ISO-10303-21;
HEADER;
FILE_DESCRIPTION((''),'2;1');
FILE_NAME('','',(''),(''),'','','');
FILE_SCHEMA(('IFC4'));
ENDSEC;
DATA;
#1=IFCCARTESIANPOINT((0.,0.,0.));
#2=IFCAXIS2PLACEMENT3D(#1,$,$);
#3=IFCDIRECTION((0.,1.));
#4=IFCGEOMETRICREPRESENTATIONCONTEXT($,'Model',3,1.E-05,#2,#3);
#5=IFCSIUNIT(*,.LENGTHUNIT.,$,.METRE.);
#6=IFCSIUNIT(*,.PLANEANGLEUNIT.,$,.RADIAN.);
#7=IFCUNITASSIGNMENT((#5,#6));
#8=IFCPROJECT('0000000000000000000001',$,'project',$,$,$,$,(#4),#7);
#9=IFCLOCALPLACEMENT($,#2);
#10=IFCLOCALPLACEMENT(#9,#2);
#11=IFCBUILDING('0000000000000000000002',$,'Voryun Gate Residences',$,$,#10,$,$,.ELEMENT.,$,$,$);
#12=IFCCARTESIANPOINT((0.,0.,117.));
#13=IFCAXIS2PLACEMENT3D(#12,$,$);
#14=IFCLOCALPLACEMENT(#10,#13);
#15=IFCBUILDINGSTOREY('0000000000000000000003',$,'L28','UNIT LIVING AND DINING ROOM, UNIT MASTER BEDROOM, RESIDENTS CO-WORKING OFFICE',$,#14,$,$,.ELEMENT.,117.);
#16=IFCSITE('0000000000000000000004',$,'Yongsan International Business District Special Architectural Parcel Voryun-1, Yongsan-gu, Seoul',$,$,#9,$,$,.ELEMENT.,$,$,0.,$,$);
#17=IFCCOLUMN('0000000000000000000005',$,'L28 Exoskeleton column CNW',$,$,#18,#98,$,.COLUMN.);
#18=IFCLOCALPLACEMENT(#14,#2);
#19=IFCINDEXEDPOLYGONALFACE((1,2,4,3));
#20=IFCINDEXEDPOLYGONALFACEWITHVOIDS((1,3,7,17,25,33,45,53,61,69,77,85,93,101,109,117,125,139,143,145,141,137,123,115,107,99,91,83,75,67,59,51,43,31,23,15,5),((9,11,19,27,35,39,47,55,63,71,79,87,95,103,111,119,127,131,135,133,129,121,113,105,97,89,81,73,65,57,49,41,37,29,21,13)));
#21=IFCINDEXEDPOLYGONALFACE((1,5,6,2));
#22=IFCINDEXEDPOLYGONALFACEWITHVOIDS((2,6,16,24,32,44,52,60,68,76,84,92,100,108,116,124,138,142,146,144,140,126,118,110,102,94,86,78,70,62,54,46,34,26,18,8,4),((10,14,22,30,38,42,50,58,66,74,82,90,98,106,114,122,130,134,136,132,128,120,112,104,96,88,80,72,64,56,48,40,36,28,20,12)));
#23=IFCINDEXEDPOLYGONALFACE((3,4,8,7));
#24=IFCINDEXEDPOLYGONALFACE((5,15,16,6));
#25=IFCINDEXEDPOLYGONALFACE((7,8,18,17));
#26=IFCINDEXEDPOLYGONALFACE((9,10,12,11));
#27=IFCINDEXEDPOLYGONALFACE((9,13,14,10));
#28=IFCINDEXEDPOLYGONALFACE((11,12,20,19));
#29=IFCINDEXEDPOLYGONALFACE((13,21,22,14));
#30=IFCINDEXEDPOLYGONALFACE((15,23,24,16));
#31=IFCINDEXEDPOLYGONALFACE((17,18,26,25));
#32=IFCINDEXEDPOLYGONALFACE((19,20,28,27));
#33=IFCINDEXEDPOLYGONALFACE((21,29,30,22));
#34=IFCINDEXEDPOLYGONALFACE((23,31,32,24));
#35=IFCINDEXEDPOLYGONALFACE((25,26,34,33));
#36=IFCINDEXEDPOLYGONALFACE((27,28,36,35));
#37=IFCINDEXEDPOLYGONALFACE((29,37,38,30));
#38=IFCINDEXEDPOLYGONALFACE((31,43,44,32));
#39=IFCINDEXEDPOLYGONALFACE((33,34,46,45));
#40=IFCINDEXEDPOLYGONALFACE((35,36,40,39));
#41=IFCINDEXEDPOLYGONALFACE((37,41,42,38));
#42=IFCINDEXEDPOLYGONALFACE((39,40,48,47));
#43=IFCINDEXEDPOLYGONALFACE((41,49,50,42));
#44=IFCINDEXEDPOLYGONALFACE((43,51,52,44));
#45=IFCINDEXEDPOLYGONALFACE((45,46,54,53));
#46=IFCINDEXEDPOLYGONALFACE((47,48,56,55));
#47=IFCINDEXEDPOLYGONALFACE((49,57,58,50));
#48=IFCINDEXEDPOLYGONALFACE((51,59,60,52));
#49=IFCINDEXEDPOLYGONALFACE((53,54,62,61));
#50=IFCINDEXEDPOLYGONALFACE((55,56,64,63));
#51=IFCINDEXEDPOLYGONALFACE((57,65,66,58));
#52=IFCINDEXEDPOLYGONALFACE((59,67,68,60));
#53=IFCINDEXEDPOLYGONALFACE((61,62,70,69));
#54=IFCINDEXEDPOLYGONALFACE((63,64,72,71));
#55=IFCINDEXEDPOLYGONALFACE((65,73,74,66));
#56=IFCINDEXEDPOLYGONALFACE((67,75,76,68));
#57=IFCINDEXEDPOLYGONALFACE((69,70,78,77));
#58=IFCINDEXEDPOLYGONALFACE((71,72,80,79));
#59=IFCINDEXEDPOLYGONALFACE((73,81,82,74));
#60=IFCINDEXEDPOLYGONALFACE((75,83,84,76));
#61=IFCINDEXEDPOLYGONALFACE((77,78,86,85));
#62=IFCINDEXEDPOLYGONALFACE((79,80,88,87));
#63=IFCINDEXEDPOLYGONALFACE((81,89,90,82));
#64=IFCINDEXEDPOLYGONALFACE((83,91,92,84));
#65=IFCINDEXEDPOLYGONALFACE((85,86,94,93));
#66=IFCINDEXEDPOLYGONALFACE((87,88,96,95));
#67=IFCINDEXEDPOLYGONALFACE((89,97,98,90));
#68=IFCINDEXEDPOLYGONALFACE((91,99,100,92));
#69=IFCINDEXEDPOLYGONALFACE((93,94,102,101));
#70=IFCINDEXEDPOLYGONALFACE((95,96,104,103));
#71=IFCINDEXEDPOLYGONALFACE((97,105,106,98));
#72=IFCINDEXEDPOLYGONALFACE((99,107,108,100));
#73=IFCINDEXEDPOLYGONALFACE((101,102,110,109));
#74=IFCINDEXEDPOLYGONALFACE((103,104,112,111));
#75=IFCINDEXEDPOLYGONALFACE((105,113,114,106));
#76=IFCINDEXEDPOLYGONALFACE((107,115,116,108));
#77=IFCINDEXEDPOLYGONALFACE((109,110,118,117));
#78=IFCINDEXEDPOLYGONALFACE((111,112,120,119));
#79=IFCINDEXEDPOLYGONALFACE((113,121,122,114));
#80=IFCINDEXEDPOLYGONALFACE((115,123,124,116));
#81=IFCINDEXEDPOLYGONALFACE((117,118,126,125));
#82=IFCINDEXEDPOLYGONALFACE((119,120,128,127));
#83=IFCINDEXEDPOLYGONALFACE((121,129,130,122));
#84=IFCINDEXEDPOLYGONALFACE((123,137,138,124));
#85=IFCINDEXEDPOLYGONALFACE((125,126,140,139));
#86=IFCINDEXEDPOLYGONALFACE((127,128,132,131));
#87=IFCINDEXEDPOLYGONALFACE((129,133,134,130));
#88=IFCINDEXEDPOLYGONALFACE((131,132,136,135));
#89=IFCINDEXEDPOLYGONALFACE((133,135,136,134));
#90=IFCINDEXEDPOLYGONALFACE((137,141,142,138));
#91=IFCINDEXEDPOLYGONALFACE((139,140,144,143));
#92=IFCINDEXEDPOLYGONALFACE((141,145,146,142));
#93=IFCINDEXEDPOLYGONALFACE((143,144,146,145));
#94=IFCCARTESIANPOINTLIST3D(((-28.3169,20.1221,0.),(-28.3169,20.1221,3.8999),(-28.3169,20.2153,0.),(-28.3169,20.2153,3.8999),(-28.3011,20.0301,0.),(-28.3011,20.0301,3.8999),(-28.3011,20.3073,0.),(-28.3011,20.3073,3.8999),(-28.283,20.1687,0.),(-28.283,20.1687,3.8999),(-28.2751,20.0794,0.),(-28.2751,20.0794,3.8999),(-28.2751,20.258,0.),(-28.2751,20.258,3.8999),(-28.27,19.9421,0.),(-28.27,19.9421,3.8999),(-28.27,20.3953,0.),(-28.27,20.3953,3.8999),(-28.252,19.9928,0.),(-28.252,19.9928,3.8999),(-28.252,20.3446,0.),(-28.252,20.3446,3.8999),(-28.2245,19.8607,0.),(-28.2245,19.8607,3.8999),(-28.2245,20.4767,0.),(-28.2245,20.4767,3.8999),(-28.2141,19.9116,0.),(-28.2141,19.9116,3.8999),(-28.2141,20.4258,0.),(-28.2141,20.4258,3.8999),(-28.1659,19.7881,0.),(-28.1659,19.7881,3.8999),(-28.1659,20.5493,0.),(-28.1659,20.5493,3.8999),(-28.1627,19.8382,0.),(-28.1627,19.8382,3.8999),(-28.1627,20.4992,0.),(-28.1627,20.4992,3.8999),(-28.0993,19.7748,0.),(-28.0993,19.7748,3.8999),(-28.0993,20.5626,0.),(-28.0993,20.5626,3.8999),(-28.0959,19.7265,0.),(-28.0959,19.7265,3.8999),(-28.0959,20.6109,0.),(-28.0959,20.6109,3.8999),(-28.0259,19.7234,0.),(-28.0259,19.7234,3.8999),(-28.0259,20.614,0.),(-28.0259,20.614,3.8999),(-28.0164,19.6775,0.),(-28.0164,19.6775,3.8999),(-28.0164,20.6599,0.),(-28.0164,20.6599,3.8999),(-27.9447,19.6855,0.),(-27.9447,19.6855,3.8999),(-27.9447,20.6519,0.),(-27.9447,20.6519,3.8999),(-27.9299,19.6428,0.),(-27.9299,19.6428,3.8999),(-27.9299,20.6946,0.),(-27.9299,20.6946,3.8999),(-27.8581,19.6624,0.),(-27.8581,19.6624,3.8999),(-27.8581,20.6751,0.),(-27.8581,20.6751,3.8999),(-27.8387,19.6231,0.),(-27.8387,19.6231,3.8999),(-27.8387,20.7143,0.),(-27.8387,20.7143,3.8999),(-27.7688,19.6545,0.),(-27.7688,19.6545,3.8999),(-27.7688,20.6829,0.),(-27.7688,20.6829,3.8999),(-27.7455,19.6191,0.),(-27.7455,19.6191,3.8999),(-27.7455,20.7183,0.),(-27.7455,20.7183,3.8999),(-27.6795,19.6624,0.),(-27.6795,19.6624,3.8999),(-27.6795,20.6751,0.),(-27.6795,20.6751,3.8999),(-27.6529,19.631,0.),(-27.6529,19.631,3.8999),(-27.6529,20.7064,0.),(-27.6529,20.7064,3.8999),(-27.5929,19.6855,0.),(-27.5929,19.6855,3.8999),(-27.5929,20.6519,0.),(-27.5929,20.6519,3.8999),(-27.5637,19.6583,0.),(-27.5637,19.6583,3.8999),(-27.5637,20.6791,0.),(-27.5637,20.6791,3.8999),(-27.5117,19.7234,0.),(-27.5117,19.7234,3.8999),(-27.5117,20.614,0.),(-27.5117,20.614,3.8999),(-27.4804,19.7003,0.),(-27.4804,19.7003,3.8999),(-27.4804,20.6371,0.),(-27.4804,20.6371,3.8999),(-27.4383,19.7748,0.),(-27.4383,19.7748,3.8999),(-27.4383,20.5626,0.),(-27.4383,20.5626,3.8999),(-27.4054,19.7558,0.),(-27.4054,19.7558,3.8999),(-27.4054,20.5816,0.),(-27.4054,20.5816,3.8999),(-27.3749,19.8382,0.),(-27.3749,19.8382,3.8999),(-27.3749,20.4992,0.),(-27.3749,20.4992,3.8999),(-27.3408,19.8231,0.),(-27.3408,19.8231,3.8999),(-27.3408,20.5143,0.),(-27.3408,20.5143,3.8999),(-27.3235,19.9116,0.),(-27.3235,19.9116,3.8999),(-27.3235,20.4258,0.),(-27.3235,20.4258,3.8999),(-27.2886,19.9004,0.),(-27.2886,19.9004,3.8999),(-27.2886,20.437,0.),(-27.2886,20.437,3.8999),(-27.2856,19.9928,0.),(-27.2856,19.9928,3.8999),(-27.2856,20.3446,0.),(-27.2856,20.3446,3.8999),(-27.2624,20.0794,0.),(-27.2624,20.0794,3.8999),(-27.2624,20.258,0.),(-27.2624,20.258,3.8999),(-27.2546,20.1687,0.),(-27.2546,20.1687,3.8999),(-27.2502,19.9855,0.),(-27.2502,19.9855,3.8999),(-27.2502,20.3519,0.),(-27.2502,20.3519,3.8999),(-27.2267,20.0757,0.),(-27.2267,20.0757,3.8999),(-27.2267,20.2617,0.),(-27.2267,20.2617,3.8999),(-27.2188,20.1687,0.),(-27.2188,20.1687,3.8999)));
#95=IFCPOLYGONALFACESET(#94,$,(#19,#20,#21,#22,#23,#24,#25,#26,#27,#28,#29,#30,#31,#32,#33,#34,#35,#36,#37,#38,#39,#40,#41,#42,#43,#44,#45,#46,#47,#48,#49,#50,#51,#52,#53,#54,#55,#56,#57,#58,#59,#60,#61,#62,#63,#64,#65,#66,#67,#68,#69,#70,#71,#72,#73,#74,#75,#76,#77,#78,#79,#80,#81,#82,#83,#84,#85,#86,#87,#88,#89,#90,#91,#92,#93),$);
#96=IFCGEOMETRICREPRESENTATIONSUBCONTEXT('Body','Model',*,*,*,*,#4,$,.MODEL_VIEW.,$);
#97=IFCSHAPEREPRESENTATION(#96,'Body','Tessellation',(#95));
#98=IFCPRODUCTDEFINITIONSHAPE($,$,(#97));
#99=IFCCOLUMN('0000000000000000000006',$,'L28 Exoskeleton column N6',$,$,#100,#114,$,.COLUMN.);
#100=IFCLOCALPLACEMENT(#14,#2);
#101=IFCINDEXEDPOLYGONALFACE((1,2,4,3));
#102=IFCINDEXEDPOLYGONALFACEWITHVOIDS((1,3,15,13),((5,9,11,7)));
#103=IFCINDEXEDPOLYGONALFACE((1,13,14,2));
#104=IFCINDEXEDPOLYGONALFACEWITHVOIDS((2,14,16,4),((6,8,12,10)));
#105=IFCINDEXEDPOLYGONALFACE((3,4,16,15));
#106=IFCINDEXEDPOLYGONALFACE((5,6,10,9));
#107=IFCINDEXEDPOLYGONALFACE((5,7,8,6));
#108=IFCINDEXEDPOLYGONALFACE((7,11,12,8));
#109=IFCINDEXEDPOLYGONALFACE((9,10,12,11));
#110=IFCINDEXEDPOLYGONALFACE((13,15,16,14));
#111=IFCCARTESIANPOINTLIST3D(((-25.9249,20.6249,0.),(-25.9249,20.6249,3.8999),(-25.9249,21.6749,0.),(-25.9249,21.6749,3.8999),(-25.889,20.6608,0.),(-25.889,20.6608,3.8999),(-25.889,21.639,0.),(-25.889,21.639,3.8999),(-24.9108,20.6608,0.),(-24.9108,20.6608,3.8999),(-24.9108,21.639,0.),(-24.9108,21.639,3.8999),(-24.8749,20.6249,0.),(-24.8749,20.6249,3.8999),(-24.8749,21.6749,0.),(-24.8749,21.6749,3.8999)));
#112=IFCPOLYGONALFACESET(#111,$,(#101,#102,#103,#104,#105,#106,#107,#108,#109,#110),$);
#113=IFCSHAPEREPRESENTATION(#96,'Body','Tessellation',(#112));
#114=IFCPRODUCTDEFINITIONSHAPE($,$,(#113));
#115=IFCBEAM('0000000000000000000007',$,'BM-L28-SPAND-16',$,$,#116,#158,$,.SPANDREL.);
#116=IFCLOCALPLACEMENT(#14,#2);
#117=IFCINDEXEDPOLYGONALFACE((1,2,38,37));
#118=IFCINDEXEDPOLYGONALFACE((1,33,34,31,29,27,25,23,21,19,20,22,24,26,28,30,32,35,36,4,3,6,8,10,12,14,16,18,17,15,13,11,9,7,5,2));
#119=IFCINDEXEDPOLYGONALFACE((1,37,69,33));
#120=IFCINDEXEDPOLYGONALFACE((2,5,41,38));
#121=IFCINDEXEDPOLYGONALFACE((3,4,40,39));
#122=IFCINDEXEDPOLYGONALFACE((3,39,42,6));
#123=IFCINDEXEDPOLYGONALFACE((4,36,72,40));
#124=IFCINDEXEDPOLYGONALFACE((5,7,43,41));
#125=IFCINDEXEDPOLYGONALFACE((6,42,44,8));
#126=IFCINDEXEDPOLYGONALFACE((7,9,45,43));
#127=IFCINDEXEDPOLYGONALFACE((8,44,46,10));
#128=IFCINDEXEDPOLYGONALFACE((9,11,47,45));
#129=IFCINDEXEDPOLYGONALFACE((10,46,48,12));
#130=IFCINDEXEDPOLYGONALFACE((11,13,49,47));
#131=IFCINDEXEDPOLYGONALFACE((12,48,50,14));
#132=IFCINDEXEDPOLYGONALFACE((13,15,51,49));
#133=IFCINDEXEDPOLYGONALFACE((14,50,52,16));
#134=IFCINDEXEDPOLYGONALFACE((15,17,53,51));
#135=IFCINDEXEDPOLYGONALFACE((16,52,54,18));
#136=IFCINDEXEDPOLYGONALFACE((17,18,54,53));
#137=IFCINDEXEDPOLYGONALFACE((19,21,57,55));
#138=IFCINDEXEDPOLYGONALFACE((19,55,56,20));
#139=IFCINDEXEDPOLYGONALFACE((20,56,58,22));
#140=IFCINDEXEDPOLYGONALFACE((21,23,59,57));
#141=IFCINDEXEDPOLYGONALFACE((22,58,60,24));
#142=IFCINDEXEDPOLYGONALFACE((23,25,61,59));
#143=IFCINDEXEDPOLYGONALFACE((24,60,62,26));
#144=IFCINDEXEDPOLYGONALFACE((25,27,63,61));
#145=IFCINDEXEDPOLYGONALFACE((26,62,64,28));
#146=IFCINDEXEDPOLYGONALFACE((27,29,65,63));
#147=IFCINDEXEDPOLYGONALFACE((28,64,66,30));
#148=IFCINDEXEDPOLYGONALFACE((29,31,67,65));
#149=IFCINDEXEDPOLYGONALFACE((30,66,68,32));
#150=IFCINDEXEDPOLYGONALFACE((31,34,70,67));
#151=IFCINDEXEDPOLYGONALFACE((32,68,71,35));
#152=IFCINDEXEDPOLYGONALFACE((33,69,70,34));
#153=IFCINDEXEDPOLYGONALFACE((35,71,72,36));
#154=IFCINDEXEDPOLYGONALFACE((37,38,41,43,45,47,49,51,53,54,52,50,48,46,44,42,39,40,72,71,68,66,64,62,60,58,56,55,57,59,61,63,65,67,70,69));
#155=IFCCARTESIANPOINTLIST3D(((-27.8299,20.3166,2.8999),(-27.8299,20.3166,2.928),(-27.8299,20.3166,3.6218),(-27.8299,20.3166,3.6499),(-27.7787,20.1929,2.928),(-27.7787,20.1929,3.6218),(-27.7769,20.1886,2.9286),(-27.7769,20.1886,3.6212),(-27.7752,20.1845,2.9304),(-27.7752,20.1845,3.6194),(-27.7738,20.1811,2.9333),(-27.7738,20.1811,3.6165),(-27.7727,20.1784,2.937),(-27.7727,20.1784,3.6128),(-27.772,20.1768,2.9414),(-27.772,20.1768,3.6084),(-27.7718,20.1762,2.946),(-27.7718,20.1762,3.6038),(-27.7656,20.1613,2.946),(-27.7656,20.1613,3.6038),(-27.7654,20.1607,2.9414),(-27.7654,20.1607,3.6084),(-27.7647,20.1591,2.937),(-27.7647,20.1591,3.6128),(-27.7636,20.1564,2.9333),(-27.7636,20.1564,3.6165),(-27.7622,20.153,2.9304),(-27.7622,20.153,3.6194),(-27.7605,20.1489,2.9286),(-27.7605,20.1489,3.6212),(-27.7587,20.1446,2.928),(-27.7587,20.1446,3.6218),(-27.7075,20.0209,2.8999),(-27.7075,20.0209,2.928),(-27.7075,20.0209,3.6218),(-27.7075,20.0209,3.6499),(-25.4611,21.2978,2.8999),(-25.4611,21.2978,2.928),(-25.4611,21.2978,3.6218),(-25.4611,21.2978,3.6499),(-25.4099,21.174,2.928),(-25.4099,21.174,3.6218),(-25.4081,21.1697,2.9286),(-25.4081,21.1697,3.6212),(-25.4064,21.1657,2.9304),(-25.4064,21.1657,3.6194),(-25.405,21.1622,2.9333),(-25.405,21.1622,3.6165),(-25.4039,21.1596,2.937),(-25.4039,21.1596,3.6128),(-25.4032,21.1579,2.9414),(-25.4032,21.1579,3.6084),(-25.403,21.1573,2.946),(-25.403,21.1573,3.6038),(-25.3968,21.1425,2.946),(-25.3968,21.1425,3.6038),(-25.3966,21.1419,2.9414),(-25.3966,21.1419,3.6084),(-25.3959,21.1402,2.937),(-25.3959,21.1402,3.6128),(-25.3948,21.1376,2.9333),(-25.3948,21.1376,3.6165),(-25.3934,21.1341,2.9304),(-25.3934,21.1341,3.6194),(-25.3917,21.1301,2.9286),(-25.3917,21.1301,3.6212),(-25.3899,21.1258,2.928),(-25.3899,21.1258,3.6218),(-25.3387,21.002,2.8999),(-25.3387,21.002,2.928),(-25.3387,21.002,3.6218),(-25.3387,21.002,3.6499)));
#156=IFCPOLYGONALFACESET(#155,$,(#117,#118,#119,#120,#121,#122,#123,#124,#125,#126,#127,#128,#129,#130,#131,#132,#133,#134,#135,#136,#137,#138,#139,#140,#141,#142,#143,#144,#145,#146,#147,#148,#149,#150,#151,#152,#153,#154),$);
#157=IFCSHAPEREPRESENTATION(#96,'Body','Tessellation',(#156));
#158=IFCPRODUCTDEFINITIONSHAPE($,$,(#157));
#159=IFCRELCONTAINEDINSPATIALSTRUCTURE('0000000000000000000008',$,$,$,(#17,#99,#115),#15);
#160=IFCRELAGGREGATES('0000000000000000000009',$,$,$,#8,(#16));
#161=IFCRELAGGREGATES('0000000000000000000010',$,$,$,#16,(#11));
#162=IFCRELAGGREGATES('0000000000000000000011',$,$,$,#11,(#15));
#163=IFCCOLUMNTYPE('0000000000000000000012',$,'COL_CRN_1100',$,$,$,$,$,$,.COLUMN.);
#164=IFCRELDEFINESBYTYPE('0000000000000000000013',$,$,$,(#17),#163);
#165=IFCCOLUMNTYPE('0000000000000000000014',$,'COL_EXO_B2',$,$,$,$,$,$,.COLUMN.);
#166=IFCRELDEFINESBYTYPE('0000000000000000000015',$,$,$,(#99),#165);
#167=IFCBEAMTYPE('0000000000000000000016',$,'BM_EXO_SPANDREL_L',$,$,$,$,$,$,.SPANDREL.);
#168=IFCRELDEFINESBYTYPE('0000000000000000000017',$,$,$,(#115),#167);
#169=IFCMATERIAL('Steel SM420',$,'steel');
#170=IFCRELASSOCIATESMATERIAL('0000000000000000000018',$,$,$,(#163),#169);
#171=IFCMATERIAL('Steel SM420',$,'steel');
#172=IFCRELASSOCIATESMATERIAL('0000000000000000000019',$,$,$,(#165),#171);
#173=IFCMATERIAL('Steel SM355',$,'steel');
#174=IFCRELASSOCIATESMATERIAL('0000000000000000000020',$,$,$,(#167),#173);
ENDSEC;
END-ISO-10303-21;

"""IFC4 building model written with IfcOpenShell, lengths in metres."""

from ifc_helpers import new_model, si_unit, direction, frame, origin, origin_2d, place, context, subcontext, project, spatial, hollow_rectangle, hollow_circle, i_section, extrude, material, material_profile, profile_set, type_object, element, save


model = new_model("IFC4")

# Units and contexts
model_context = context("Model", 3, precision=1e-05, world=origin(), true_north=direction((0.0, 1.0)))
body_context = subcontext(model_context, "Body", "Model", "MODEL_VIEW")
ifc_project = project(units=[si_unit("LENGTHUNIT", "METRE"), si_unit("PLANEANGLEUNIT", "RADIAN")], contexts=[model_context])

# Site, building, storey
site_placement = place(None, origin())
site = spatial("IfcSite", under=ifc_project, at=site_placement, Name="Yongsan International Business District Special Architectural Parcel Voryun-1, Yongsan-gu, Seoul", CompositionType="ELEMENT", RefElevation=0.0)
building_placement = place(site_placement, origin())
building = spatial("IfcBuilding", under=site, at=building_placement, Name="Voryun Gate Residences", CompositionType="ELEMENT")
storey_placement = place(building_placement, frame((0.0, 0.0, 117.0)))
storey = spatial("IfcBuildingStorey", under=building, at=storey_placement, Name="L28", Description="UNIT LIVING AND DINING ROOM, UNIT MASTER BEDROOM, RESIDENTS CO-WORKING OFFICE", CompositionType="ELEMENT", Elevation=117.0)

# Columns
ifc_material_1 = material(Name="Steel SM420", Category="steel")
ifc_material_profile_1 = material_profile(ifc_material_1, hollow_circle(Radius=0.55, WallThickness=0.0359, at=origin_2d()), Name="CHS-1100x36")
ifc_profile_set_1 = profile_set([ifc_material_profile_1], Name="Steel SM420")
column_type_1 = type_object("IfcColumnType", Name="COL_CRN_1100", PredefinedType="COLUMN", material=ifc_profile_set_1)
column_1_placement = place(storey_placement, frame((-27.7688, 20.1687, 0.0), z_axis=(0.0, 0.0, 1.0), x_axis=(1.0, 0.0, 0.0)))
element("IfcColumn", 1, at=column_1_placement, inside=storey, type_object=column_type_1, Name="L28 Exoskeleton column CNW", PredefinedType="COLUMN", context=body_context, shape_type="SweptSolid", body=[
    extrude(hollow_circle(Radius=0.55, WallThickness=0.0359, at=origin_2d()), origin(), (0.0, 0.0, 1.0), 3.8999),
])
ifc_material_2 = material(Name="Steel SM420", Category="steel")
ifc_material_profile_2 = material_profile(ifc_material_2, hollow_rectangle(XDim=1.05, YDim=1.05, WallThickness=0.0359, at=origin_2d()), Name="BOX-1050x1050x36")
ifc_profile_set_2 = profile_set([ifc_material_profile_2], Name="Steel SM420")
column_type_2 = type_object("IfcColumnType", Name="COL_EXO_B2", PredefinedType="COLUMN", material=ifc_profile_set_2)
column_2_placement = place(storey_placement, frame((-25.3999, 21.1499, 0.0), z_axis=(0.0, 0.0, 1.0), x_axis=(1.0, 0.0, 0.0)))
element("IfcColumn", 2, at=column_2_placement, inside=storey, type_object=column_type_2, Name="L28 Exoskeleton column N6", PredefinedType="COLUMN", context=body_context, shape_type="SweptSolid", body=[
    extrude(hollow_rectangle(XDim=1.05, YDim=1.05, WallThickness=0.0359, at=origin_2d()), origin(), (0.0, 0.0, 1.0), 3.8999),
])

# Beam
ifc_material_3 = material(Name="Steel SM355", Category="steel")
ifc_material_profile_3 = material_profile(ifc_material_3, i_section(OverallWidth=0.3201, OverallDepth=0.75, WebThickness=0.0161, FlangeThickness=0.0281, FilletRadius=0.0181, at=origin_2d()), Name="H-750x320x16x28")
ifc_profile_set_3 = profile_set([ifc_material_profile_3], Name="Steel SM355")
beam_type = type_object("IfcBeamType", Name="BM_EXO_SPANDREL_L", PredefinedType="SPANDREL", material=ifc_profile_set_3)
beam_1_placement = place(storey_placement, frame((-25.3999, 21.1499, 3.2749), z_axis=(-0.923883, -0.382674, 0.0), x_axis=(0.382674, -0.923883, 0.0)))
element("IfcBeam", 3, at=beam_1_placement, inside=storey, type_object=beam_type, Name="BM-L28-SPAND-16", PredefinedType="SPANDREL", context=body_context, shape_type="SweptSolid", body=[
    extrude(i_section(OverallWidth=0.3201, OverallDepth=0.75, WebThickness=0.0161, FlangeThickness=0.0281, FilletRadius=0.0181, at=origin_2d()), origin(), (0.0, 0.0, 1.0), 2.564),
])

save(model, "model.ifc")
